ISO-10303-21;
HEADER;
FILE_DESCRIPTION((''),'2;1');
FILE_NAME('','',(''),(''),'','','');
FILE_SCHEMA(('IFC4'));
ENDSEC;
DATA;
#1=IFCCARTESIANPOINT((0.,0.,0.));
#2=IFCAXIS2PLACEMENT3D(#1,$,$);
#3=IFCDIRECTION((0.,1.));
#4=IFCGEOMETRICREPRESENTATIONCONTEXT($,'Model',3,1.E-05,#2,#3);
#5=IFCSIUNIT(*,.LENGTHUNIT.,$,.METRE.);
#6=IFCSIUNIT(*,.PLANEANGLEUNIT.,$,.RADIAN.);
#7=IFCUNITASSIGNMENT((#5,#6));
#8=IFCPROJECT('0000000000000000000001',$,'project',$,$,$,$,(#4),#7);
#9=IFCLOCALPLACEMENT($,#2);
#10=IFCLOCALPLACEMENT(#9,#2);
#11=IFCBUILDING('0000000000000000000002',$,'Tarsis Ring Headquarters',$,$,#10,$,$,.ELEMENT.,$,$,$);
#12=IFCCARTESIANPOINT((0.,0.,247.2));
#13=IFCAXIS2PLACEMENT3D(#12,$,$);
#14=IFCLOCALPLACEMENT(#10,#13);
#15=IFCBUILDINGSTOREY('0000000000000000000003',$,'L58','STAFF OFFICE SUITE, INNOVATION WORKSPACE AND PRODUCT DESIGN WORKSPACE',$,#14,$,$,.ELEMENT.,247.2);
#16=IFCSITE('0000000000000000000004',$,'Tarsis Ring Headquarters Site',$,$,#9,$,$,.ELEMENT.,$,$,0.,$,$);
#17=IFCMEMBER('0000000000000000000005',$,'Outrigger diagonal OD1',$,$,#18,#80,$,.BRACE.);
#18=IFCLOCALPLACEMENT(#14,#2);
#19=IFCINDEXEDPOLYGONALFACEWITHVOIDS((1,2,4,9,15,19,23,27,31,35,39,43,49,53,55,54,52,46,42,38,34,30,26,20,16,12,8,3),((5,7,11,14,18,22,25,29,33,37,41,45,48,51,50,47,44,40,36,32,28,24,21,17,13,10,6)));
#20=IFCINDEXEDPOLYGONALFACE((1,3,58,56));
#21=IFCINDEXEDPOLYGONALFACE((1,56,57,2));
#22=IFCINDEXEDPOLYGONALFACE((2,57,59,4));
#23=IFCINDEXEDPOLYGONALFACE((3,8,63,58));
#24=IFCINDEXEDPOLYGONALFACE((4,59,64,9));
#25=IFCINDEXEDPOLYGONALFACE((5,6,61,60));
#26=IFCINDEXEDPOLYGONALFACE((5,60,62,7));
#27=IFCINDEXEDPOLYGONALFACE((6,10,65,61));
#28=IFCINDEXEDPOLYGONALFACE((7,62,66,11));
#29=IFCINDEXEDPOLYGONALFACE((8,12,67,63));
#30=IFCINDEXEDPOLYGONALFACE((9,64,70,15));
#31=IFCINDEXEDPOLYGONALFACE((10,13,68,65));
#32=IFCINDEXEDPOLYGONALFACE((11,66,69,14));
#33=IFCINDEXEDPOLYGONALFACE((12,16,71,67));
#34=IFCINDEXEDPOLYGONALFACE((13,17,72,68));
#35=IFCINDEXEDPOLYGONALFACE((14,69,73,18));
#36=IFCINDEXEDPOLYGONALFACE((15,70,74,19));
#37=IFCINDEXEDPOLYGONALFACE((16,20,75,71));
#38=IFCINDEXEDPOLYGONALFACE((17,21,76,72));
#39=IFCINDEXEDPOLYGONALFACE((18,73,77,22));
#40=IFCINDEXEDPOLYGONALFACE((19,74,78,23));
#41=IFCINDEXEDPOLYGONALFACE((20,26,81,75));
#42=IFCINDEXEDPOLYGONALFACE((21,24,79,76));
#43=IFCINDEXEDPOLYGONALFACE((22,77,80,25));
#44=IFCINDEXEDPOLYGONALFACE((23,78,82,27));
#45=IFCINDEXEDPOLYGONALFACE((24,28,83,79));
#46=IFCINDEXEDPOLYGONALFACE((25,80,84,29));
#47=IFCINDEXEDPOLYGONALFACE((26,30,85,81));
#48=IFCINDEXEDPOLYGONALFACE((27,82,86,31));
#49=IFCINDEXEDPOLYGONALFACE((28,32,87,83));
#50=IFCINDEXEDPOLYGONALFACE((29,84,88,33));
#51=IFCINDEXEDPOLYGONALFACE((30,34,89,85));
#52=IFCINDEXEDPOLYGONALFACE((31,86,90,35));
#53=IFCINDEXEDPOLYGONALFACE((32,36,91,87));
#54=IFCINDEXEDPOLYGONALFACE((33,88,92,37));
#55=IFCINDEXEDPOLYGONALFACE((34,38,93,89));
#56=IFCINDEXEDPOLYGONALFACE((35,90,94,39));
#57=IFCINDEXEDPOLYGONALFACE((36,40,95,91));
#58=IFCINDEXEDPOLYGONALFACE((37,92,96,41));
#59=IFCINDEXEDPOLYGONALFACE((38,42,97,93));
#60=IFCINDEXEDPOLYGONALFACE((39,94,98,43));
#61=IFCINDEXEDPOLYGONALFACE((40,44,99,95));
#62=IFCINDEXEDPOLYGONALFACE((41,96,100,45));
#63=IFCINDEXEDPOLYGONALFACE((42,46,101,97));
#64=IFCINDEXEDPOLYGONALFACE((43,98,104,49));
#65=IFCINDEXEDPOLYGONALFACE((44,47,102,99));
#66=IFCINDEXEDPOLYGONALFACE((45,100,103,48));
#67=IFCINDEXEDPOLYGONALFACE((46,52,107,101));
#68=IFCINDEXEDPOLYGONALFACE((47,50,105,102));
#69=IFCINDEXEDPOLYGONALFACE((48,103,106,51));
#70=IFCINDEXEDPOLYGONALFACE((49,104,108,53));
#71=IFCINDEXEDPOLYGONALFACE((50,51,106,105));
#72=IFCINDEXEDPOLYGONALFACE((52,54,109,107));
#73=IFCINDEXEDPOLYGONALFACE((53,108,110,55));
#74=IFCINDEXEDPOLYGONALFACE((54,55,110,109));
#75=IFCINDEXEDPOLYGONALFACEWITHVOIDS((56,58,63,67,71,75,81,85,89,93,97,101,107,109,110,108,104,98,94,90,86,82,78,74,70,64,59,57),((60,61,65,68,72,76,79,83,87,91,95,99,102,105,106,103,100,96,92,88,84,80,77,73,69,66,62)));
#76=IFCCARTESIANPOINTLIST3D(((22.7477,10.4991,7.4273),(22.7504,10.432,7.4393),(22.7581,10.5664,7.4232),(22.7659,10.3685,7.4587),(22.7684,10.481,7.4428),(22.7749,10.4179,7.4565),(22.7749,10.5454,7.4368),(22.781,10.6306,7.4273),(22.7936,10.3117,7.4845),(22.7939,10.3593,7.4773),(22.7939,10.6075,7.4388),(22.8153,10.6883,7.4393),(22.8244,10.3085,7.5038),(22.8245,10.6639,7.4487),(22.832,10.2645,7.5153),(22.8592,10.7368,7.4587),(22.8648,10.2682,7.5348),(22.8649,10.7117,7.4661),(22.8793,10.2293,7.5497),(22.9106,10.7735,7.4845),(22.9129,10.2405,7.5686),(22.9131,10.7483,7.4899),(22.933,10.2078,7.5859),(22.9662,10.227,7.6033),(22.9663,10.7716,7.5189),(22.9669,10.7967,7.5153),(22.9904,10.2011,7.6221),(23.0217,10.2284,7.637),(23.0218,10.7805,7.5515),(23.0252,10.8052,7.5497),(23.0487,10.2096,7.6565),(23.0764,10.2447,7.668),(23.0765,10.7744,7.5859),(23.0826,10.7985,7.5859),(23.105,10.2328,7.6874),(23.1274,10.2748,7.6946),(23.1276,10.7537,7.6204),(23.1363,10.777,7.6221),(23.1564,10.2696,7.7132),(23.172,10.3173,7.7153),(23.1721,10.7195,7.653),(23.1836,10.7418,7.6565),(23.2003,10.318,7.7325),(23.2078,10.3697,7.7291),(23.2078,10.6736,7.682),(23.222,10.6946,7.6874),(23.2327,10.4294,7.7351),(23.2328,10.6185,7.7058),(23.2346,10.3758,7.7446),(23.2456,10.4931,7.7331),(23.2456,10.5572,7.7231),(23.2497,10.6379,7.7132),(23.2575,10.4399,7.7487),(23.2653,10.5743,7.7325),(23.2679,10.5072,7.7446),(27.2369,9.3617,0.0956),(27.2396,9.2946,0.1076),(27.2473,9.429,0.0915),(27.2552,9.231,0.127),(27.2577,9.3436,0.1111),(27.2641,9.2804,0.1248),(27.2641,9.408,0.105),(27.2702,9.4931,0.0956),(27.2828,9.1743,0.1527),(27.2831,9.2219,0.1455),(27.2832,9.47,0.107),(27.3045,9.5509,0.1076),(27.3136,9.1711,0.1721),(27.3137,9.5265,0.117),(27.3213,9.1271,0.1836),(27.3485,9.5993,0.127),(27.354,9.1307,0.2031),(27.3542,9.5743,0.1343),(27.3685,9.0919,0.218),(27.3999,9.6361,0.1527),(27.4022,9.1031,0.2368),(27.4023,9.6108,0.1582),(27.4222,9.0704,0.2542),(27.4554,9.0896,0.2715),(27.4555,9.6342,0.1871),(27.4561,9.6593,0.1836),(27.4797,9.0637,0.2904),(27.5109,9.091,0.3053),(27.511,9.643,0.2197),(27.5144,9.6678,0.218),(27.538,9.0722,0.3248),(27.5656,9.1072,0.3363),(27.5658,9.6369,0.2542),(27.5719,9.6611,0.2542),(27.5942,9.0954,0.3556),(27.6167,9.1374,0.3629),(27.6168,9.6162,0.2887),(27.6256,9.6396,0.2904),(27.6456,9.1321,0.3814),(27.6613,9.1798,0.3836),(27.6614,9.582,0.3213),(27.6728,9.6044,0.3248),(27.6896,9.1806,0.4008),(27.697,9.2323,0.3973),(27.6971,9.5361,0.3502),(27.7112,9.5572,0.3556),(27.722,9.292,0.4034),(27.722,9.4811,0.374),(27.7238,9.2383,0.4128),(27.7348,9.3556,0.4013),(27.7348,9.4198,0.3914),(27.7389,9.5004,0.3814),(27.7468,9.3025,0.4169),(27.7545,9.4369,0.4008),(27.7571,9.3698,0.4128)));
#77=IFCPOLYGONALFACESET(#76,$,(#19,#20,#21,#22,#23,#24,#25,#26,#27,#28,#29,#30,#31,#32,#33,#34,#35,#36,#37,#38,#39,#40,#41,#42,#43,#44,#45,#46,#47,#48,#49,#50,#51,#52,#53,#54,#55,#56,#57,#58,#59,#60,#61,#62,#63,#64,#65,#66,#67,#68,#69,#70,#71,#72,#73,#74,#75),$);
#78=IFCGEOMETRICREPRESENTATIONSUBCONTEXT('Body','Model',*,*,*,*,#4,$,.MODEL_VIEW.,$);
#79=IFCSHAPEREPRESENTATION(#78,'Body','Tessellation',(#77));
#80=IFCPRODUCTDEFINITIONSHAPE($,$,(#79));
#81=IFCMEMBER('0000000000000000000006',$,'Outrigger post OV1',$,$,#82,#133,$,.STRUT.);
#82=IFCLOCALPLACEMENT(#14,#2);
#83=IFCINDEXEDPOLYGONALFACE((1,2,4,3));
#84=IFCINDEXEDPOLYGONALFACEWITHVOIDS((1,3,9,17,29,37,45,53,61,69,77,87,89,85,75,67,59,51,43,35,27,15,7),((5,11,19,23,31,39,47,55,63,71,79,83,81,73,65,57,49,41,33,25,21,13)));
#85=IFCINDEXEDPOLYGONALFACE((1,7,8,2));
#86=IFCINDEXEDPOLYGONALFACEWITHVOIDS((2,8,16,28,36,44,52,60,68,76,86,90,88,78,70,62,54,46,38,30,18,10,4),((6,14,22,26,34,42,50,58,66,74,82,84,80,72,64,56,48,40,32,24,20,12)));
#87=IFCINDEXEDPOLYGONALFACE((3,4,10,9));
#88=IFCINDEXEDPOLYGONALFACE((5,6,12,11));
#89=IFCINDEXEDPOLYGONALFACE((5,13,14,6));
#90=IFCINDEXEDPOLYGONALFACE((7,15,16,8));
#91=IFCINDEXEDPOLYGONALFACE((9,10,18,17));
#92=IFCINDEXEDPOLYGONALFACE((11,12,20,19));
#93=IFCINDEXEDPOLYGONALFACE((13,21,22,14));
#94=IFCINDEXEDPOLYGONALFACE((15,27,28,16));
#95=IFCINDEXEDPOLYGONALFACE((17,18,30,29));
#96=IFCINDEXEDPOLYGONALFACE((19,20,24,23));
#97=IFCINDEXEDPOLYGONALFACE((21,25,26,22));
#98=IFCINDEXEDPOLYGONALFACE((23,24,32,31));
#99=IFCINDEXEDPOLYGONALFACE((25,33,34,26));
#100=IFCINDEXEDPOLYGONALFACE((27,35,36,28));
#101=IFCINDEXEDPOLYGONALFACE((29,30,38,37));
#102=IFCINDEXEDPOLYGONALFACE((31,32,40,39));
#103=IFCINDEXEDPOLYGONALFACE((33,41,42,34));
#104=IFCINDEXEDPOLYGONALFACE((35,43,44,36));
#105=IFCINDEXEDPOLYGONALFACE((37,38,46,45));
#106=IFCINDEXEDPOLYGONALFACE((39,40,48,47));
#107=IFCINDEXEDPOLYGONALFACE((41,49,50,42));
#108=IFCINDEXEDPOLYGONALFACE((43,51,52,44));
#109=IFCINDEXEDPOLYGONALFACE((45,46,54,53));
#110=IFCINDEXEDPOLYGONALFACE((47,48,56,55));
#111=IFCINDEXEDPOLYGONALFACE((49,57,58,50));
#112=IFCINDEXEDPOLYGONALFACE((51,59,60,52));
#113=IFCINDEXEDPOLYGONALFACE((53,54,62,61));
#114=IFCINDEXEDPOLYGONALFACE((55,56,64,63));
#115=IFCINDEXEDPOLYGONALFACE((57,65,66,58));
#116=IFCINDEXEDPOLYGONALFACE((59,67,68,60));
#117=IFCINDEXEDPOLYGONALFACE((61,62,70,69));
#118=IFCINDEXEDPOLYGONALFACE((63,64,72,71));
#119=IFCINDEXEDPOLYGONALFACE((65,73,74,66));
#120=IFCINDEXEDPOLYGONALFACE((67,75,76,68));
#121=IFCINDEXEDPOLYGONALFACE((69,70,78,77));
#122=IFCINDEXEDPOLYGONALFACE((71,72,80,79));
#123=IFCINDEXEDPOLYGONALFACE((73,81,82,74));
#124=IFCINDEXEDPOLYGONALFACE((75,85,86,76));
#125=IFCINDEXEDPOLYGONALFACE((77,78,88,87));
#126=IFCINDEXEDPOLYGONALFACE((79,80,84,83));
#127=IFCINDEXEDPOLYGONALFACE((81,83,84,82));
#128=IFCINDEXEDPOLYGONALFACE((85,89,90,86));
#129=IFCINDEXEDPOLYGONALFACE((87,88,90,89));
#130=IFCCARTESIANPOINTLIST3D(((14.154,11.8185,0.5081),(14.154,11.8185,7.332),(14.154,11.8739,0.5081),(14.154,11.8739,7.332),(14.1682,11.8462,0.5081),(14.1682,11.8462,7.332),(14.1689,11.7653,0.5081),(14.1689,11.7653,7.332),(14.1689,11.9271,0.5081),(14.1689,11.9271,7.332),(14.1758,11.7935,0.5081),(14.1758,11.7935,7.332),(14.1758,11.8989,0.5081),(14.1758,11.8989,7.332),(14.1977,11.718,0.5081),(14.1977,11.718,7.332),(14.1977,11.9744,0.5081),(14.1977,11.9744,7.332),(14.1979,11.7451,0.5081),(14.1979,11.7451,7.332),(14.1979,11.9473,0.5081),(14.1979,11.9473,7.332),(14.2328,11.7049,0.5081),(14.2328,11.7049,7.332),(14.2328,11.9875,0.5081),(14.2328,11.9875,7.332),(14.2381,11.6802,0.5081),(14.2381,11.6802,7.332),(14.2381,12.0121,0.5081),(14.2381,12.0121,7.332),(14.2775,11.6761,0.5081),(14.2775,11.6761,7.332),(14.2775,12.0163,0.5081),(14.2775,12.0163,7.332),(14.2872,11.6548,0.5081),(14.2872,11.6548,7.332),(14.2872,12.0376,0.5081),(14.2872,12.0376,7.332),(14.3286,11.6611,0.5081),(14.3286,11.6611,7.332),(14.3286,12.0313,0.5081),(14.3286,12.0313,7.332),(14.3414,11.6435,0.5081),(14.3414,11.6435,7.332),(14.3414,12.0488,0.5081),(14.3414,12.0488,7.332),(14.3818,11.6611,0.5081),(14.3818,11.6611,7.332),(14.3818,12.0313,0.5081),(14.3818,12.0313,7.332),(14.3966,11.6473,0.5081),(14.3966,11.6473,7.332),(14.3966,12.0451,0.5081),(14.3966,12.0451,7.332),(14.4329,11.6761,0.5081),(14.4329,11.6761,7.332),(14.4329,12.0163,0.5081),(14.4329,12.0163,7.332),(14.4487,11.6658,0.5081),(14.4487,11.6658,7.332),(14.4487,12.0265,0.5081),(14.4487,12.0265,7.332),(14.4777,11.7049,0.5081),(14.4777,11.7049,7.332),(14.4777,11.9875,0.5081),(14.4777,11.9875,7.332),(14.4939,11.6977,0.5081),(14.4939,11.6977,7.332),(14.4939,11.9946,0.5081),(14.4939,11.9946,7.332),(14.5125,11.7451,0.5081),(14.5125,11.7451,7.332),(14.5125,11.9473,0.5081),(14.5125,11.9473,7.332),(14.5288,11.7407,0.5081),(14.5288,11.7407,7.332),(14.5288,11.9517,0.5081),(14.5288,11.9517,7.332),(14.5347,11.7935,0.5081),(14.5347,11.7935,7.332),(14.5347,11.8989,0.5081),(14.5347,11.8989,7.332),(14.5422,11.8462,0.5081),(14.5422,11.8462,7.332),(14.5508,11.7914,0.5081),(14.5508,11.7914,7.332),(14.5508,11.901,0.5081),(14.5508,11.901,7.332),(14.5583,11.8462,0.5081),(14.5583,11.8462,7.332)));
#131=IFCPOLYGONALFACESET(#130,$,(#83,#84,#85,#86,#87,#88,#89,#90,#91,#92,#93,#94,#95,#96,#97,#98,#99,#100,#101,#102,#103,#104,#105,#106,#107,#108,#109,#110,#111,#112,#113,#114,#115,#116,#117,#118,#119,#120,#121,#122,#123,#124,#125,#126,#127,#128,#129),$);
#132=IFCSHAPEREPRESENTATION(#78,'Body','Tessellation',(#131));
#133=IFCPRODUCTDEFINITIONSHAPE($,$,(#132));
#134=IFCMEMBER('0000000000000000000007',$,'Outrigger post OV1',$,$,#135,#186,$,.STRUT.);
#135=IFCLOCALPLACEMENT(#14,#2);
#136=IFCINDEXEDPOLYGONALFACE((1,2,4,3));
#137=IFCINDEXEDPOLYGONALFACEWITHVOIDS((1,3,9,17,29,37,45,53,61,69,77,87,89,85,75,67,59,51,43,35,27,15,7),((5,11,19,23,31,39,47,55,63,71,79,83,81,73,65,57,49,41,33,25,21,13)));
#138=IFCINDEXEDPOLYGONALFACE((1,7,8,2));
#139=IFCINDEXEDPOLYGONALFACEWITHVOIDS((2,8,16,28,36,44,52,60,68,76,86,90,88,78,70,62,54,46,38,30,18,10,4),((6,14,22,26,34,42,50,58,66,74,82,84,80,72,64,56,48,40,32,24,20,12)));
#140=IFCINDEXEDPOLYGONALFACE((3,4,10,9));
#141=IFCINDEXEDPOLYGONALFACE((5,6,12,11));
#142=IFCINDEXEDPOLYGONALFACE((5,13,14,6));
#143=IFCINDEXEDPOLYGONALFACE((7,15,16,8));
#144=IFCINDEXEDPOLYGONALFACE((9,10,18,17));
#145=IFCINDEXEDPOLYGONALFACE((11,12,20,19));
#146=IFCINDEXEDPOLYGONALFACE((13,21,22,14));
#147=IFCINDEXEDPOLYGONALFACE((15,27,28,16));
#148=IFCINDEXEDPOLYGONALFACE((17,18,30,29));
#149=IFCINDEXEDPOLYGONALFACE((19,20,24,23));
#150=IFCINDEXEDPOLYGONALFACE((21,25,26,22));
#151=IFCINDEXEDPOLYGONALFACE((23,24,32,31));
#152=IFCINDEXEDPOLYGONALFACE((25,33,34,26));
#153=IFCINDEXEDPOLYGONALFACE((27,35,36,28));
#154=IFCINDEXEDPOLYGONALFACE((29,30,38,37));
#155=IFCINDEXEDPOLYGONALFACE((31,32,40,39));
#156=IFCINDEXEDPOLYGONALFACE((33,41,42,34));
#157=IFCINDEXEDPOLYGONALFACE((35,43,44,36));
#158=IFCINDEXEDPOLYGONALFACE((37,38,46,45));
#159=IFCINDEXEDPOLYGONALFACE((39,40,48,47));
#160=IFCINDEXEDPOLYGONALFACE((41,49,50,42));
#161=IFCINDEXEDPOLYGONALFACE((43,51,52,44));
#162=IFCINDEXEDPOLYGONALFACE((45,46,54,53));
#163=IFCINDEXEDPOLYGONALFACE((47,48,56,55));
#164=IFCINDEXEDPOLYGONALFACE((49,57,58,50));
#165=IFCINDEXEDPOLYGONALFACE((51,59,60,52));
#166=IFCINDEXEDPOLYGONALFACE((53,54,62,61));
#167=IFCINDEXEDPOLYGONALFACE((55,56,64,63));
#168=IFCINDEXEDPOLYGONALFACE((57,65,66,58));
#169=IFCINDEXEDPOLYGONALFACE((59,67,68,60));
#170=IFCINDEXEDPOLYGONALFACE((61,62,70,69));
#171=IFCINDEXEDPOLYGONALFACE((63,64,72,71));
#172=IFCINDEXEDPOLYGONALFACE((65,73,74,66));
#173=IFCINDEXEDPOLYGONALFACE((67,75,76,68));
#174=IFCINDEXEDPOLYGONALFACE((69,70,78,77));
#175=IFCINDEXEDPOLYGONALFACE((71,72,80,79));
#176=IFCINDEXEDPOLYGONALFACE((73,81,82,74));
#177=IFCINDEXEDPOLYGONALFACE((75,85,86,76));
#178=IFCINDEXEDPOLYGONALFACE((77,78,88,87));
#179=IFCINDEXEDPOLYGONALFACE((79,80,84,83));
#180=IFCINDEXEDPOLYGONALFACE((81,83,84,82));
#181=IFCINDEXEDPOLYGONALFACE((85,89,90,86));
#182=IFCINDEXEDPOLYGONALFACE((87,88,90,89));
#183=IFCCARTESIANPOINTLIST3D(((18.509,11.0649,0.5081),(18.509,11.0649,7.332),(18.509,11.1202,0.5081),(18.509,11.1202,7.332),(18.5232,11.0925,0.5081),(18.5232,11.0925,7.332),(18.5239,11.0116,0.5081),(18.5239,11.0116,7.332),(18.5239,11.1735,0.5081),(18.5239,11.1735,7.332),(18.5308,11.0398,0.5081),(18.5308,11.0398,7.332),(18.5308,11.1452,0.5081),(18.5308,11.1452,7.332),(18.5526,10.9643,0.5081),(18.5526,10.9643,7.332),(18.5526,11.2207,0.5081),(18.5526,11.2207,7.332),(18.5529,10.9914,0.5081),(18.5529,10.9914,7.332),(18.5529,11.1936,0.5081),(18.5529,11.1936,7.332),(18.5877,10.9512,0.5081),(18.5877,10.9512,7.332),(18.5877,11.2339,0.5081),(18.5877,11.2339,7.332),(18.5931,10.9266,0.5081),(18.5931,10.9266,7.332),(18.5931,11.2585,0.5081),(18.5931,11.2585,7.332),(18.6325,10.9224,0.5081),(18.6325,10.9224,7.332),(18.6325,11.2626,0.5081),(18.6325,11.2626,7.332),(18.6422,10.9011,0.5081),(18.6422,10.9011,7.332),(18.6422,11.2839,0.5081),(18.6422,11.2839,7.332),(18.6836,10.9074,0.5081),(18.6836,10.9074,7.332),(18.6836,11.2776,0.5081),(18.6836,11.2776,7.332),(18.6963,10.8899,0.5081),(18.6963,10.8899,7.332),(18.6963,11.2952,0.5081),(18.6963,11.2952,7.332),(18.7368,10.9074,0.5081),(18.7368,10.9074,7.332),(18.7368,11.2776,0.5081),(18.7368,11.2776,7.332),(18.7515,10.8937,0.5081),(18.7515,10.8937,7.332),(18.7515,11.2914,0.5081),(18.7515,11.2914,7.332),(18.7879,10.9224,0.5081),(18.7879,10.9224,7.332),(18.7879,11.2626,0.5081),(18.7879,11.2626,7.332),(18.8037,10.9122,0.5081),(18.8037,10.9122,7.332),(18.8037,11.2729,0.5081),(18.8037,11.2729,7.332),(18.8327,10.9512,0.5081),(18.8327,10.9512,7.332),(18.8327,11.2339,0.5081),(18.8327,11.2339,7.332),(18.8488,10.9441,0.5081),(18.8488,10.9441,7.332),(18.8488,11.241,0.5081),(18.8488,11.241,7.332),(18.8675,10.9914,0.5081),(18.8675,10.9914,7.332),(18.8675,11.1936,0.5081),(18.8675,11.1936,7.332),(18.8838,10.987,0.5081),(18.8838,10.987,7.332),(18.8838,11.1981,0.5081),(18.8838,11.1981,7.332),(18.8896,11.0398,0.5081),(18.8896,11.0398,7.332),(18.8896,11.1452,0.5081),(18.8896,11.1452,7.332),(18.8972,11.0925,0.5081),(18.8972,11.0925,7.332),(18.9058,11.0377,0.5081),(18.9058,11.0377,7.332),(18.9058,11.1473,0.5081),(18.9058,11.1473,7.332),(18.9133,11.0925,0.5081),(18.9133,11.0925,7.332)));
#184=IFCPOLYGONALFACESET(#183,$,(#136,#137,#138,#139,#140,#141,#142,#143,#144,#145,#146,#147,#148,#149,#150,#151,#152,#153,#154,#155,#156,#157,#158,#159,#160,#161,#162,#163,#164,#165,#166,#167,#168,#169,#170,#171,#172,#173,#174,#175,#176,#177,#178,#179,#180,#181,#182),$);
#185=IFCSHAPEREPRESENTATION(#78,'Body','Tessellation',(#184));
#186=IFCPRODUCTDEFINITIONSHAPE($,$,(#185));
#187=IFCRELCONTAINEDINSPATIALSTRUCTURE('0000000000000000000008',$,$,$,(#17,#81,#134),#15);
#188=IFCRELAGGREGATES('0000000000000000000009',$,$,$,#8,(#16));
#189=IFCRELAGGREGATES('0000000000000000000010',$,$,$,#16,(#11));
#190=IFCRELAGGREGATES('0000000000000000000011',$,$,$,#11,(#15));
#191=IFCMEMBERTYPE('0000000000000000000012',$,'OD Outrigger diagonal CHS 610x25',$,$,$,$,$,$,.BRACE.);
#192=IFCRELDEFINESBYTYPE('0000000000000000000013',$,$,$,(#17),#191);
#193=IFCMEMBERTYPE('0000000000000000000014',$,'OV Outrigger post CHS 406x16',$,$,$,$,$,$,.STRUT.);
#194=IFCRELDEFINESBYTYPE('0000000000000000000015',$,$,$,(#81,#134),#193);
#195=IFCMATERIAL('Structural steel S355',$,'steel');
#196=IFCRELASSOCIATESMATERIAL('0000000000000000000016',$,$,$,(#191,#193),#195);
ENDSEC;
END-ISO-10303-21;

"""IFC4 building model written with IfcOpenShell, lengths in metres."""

from ifc_helpers import new_model, si_unit, direction, frame, origin, origin_2d, place, context, subcontext, project, spatial, hollow_circle, extrude, material, material_profile, profile_set, type_object, element, save


model = new_model("IFC4")

# Units and contexts
model_context = context("Model", 3, precision=1e-05, world=origin(), true_north=direction((0.0, 1.0)))
body_context = subcontext(model_context, "Body", "Model", "MODEL_VIEW")
ifc_project = project(units=[si_unit("LENGTHUNIT", "METRE"), si_unit("PLANEANGLEUNIT", "RADIAN")], contexts=[model_context])

# Site, building, storey
site_placement = place(None, origin())
site = spatial("IfcSite", under=ifc_project, at=site_placement, Name="Tarsis Ring Headquarters Site", CompositionType="ELEMENT", RefElevation=0.0)
building_placement = place(site_placement, origin())
building = spatial("IfcBuilding", under=site, at=building_placement, Name="Tarsis Ring Headquarters", CompositionType="ELEMENT")
storey_placement = place(building_placement, frame((0.0, 0.0, 247.2)))
storey = spatial("IfcBuildingStorey", under=building, at=storey_placement, Name="L58", Description="STAFF OFFICE SUITE, INNOVATION WORKSPACE AND PRODUCT DESIGN WORKSPACE", CompositionType="ELEMENT", Elevation=247.2)

# Shared definitions
ifc_material_1 = material(Name="Structural steel S355", Category="steel")

# Members
ifc_material_profile_1 = material_profile(ifc_material_1, hollow_circle(Radius=0.3047, WallThickness=0.0249, at=origin_2d()), Name="CHS 610x25")
ifc_profile_set_1 = profile_set([ifc_material_profile_1], Name="Structural steel S355")
member_type_1 = type_object("IfcMemberType", Name="OD Outrigger diagonal CHS 610x25", PredefinedType="BRACE", material=ifc_profile_set_1)
member_1_placement = place(storey_placement, frame((23.0078, 10.5032, 7.5859), z_axis=(0.517677, -0.131165, -0.845462), x_axis=(0.245611, 0.969369, 0.0)))
element("IfcMember", 1, at=member_1_placement, inside=storey, type_object=member_type_1, Name="Outrigger diagonal OD1", PredefinedType="BRACE", context=body_context, shape_type="SweptSolid", body=[
    extrude(hollow_circle(Radius=0.3047, WallThickness=0.0249, at=origin_2d()), origin(), (0.0, 0.0, 1.0), 8.6719),
])
ifc_material_profile_2 = material_profile(ifc_material_1, hollow_circle(Radius=0.2031, WallThickness=0.0161, at=origin_2d()), Name="CHS 406x16")
ifc_profile_set_2 = profile_set([ifc_material_profile_2], Name="Structural steel S355")
member_type_2 = type_object("IfcMemberType", Name="OV Outrigger post CHS 406x16", PredefinedType="STRUT", material=ifc_profile_set_2)
for number, where, z_axis, x_axis, name in (
    (2, (14.3552, 11.8462, 0.5081), (0.0, 0.0, 1.0), (1.0, 0.0, 0.0), "Outrigger post OV1"),
    (3, (18.7102, 11.0925, 0.5081), (0.0, 0.0, 1.0), (1.0, 0.0, 0.0), "Outrigger post OV1"),
):
    element("IfcMember", number, at=place(storey_placement, frame(where, z_axis=z_axis, x_axis=x_axis)), inside=storey, type_object=member_type_2, Name=name, PredefinedType="STRUT", context=body_context, shape_type="SweptSolid", body=[
        extrude(hollow_circle(Radius=0.2031, WallThickness=0.0161, at=origin_2d()), origin(), (0.0, 0.0, 1.0), 6.824),
    ])

save(model, "model.ifc")
